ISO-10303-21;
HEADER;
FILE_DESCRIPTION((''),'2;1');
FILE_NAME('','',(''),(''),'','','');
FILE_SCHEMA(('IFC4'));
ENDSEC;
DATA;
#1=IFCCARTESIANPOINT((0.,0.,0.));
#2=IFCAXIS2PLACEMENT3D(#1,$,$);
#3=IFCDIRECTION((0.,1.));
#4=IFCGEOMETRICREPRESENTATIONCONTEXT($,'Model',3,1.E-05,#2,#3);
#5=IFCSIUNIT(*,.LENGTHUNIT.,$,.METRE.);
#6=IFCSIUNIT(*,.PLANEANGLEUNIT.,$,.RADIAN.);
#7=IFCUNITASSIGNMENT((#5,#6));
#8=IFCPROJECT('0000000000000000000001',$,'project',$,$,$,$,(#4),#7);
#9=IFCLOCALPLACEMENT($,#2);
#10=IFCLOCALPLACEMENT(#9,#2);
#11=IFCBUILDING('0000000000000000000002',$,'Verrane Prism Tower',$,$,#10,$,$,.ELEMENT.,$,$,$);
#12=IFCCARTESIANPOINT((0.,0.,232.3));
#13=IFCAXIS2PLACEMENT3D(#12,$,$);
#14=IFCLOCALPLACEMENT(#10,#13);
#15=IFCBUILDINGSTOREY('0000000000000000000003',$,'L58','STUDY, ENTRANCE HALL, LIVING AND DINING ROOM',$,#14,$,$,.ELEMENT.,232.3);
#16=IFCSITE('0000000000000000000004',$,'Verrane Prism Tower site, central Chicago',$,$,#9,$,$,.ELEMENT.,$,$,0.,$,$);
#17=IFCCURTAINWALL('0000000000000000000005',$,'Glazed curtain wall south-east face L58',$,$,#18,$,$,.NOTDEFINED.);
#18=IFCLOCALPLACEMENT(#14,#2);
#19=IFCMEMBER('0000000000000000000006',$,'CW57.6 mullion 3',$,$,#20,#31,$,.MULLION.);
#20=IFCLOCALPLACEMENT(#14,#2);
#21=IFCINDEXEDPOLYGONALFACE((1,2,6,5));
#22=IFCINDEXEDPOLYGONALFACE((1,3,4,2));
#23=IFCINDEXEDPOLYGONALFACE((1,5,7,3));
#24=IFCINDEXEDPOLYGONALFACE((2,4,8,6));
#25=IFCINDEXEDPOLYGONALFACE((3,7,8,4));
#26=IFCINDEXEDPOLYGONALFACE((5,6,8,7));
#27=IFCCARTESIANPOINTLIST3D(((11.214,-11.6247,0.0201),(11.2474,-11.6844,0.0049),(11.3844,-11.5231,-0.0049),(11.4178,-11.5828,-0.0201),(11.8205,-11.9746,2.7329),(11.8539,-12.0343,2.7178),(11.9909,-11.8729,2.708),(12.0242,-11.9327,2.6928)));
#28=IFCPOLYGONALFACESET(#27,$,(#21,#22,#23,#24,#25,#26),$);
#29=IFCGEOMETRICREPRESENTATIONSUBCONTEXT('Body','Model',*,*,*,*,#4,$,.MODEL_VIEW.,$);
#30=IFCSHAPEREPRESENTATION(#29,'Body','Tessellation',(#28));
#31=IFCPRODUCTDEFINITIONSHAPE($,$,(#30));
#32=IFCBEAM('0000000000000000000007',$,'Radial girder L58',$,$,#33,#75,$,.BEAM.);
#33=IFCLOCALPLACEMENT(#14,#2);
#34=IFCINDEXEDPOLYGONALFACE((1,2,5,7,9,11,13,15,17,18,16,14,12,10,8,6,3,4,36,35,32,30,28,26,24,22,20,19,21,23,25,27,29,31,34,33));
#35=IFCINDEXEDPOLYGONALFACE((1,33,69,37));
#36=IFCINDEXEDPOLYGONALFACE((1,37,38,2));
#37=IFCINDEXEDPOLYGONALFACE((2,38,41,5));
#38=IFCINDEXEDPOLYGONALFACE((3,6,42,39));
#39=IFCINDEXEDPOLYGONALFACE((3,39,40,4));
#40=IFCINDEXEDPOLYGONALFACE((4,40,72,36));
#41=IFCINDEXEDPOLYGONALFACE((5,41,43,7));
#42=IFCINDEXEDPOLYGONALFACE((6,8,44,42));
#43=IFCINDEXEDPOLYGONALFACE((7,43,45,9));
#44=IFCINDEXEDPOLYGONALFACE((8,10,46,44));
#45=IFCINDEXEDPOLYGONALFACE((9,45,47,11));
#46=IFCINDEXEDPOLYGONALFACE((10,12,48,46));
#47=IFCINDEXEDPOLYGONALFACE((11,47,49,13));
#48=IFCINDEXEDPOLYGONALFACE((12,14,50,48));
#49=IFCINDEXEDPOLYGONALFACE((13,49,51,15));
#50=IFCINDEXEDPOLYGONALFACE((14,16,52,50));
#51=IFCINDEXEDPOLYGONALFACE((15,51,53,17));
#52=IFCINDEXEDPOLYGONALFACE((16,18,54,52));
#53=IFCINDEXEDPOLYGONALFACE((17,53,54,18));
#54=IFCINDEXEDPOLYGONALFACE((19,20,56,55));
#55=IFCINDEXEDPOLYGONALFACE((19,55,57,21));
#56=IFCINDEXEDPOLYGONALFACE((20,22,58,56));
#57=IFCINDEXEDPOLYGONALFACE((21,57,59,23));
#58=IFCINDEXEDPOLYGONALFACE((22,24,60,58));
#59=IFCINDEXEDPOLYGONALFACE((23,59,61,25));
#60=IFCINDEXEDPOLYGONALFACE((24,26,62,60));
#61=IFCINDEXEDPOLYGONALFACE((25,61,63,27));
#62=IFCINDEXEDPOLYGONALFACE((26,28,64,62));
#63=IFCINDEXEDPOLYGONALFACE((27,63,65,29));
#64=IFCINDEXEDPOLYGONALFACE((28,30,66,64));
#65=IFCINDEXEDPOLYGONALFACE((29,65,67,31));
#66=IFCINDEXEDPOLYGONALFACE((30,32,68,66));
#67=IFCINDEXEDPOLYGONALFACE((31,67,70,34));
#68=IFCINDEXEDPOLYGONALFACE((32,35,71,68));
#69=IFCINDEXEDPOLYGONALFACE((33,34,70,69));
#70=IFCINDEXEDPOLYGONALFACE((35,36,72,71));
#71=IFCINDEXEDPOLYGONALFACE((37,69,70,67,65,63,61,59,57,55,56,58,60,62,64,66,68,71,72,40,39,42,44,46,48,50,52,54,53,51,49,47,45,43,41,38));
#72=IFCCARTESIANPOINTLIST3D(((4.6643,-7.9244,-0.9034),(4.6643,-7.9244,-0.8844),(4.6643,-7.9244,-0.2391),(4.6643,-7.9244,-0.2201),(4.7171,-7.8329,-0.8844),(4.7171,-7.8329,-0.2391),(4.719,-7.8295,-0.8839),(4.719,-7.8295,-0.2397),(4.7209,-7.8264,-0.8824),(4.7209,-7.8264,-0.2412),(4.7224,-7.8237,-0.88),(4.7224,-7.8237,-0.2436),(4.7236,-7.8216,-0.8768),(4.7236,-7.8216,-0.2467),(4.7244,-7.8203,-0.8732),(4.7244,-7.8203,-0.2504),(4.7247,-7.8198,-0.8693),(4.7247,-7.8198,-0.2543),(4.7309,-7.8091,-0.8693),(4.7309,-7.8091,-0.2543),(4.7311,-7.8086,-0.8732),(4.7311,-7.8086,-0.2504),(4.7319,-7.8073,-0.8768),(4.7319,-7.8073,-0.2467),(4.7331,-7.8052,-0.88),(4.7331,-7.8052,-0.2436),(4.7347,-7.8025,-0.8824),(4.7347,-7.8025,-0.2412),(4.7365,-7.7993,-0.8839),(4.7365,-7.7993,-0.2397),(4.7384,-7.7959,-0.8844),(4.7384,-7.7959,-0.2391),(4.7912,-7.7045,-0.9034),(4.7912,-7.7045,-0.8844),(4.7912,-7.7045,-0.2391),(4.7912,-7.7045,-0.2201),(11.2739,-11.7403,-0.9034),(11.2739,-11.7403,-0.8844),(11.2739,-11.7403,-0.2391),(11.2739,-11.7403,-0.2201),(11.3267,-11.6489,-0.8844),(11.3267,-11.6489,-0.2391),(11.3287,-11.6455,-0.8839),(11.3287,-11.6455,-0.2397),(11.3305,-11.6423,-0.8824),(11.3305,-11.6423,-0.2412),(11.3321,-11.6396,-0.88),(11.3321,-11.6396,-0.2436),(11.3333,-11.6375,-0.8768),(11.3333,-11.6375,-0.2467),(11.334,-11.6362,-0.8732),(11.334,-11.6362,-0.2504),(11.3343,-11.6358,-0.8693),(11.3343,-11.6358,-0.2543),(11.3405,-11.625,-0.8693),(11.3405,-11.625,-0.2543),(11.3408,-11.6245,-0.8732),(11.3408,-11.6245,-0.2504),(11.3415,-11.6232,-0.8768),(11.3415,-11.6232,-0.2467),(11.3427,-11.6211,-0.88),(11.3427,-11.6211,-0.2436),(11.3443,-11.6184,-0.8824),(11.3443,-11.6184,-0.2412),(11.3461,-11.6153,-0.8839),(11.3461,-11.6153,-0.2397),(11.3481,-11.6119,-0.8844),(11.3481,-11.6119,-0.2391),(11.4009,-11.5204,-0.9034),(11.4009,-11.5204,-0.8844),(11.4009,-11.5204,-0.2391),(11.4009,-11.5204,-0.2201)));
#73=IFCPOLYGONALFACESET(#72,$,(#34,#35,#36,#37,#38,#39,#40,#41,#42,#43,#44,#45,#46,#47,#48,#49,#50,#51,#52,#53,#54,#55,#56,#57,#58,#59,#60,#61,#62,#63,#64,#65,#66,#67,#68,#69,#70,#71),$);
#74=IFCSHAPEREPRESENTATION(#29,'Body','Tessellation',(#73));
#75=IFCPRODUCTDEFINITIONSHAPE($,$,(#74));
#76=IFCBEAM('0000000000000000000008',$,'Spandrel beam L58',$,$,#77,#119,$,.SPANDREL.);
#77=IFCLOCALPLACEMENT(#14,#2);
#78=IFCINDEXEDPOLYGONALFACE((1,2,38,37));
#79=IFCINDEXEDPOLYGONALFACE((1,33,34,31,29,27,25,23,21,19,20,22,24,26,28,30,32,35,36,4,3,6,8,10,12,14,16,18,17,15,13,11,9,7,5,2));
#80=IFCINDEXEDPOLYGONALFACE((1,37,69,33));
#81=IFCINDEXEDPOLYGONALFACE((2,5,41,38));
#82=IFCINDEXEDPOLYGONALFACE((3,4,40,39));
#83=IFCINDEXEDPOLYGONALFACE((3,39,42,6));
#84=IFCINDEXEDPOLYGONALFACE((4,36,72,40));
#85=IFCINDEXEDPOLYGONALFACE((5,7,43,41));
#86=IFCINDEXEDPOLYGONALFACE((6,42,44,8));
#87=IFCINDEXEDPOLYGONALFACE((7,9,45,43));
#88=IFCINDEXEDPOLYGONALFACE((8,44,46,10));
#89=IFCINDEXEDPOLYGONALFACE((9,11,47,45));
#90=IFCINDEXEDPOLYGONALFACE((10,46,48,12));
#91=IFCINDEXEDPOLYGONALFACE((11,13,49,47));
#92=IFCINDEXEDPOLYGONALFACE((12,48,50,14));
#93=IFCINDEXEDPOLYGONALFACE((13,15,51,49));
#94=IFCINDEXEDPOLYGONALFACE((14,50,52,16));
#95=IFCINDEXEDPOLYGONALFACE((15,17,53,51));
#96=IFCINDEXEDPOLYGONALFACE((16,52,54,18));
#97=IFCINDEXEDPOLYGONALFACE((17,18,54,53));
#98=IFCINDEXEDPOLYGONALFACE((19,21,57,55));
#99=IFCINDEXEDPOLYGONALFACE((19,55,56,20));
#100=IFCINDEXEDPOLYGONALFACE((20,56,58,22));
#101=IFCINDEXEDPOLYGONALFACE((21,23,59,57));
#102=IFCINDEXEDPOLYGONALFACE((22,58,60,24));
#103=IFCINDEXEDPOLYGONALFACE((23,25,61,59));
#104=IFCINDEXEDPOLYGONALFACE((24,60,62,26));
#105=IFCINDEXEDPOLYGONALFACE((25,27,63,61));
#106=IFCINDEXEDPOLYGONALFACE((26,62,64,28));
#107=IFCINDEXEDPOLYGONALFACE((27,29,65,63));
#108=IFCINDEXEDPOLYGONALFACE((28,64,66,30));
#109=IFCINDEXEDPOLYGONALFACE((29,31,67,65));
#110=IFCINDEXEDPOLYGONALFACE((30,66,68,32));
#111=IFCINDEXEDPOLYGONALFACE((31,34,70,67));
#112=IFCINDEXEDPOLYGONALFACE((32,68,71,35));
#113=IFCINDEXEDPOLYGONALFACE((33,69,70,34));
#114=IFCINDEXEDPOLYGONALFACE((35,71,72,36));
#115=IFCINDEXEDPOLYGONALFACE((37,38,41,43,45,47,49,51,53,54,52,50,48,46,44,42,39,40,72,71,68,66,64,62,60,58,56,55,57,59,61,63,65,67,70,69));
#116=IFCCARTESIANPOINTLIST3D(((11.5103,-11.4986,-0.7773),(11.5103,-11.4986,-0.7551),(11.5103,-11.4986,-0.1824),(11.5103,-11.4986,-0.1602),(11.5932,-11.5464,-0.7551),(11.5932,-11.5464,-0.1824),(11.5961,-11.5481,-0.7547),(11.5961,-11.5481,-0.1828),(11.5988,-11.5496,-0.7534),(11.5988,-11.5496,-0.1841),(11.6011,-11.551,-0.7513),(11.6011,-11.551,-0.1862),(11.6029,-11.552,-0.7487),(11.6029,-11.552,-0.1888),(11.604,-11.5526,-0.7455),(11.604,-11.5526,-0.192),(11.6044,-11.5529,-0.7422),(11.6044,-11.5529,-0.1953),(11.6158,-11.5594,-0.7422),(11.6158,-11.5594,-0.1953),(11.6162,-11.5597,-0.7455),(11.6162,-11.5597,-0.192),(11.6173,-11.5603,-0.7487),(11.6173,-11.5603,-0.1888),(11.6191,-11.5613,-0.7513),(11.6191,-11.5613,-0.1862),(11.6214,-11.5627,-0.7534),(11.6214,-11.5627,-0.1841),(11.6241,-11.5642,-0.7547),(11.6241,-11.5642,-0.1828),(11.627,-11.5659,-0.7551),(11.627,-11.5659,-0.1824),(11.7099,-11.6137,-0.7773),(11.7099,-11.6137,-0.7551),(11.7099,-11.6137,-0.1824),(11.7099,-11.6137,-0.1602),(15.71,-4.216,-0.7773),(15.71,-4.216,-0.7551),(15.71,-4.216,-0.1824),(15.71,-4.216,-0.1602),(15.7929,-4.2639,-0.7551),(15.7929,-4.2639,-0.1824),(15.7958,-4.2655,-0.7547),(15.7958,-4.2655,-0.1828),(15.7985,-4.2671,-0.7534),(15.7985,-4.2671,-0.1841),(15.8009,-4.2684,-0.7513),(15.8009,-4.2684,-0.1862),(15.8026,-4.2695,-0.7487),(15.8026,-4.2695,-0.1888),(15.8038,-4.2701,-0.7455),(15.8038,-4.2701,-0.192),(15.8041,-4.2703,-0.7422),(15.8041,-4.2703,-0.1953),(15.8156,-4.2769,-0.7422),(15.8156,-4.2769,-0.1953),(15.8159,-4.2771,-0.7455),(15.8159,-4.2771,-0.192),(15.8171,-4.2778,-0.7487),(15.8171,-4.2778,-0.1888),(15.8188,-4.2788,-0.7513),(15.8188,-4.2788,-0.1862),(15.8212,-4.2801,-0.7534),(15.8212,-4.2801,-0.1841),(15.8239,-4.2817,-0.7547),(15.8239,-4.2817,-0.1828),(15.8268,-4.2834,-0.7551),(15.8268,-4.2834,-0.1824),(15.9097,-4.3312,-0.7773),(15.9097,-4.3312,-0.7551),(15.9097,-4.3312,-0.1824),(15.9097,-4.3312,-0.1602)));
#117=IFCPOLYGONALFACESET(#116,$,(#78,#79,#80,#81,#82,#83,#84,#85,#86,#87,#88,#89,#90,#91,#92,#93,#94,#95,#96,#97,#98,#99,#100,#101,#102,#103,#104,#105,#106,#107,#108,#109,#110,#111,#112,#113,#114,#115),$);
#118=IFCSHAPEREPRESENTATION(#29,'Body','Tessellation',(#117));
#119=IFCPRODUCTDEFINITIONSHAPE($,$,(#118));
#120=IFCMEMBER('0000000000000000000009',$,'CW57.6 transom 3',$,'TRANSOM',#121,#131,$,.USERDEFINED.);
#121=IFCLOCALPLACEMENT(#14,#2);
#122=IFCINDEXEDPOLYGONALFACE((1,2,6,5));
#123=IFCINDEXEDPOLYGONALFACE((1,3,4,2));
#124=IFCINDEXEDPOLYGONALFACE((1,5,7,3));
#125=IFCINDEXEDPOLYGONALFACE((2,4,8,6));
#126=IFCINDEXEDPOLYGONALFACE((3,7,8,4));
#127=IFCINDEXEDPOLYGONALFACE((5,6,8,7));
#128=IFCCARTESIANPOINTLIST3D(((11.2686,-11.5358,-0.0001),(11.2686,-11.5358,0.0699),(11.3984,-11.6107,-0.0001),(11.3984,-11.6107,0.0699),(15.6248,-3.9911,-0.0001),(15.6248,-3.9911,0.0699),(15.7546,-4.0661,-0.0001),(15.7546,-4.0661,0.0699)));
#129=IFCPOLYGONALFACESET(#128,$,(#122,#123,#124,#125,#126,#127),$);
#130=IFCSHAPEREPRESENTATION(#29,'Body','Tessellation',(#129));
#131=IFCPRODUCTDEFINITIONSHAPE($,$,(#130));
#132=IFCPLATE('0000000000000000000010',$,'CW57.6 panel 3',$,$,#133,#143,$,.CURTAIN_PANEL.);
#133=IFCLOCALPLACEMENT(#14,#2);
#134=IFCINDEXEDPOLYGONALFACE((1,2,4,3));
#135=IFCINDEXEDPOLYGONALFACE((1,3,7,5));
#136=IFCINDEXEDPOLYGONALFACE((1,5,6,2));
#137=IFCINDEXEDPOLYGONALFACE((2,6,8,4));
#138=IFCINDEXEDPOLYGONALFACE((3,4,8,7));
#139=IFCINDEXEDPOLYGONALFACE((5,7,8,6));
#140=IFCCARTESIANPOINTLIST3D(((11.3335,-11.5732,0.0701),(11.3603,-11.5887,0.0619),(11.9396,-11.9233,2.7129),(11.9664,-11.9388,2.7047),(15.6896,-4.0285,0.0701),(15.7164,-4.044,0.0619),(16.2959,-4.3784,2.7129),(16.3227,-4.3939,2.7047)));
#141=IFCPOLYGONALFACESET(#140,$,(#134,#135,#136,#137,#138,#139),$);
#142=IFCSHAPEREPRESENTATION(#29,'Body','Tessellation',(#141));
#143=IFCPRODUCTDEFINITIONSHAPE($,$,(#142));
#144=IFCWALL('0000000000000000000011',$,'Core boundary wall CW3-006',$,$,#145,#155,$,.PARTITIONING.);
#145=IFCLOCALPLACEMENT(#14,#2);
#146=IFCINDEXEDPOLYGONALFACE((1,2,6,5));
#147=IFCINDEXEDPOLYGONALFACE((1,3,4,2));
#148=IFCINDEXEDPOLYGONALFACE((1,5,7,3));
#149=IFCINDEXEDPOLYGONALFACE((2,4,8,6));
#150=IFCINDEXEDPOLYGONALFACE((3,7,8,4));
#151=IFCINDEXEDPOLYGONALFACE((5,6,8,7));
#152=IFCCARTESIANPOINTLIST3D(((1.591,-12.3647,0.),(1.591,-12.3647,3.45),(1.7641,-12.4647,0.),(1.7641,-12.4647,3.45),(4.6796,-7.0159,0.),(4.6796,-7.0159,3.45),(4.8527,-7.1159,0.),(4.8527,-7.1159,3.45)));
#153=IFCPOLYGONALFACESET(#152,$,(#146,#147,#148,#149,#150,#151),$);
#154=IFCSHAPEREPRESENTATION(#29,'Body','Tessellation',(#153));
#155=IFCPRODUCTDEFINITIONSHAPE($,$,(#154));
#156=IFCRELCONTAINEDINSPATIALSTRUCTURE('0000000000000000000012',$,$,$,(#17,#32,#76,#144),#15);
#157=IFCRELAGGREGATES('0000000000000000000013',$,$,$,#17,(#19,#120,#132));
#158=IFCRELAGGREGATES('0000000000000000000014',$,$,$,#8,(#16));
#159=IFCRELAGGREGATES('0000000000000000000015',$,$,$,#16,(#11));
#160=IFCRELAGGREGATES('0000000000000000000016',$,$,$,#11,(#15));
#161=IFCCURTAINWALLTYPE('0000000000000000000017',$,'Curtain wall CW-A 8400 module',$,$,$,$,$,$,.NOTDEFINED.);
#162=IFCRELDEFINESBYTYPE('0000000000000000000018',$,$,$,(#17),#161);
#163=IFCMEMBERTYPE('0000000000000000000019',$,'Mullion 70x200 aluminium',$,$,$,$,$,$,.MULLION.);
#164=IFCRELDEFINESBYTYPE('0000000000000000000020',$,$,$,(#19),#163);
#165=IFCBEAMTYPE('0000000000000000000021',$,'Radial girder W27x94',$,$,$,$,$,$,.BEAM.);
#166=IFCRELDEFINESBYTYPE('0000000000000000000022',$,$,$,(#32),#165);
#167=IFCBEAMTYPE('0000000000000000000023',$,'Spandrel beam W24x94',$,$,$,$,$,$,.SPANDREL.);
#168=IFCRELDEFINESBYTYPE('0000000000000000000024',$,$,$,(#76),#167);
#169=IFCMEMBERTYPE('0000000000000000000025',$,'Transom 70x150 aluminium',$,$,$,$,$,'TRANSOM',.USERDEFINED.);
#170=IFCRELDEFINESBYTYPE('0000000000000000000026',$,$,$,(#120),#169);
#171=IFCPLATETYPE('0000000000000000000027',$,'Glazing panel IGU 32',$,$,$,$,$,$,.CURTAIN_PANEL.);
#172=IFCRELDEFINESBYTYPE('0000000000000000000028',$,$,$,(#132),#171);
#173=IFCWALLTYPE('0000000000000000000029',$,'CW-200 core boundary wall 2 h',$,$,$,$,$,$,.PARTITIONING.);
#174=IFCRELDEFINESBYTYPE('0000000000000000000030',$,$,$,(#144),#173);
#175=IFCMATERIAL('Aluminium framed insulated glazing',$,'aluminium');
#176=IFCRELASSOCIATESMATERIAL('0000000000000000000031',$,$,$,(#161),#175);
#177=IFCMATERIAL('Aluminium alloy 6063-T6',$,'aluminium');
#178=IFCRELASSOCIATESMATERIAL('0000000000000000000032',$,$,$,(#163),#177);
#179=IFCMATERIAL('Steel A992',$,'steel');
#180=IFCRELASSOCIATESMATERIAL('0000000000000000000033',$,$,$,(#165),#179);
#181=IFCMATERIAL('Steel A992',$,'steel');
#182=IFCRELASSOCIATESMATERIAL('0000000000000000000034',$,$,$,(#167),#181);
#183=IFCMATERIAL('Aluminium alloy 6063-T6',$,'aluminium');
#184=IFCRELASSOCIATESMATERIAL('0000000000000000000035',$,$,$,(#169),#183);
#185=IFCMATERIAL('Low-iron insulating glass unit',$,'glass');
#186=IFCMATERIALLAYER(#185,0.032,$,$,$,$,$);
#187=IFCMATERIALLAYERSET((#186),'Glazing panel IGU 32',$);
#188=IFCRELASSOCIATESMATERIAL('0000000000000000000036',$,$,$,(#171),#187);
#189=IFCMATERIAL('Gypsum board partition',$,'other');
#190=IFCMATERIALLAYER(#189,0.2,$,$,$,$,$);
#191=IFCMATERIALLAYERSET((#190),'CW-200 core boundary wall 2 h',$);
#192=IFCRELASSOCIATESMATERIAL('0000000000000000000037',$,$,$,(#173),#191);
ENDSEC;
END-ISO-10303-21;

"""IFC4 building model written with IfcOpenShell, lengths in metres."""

from ifc_helpers import new_model, si_unit, direction, frame, frame_2d, origin, origin_2d, place, context, subcontext, project, spatial, polyline, rectangle, i_section, outline, extrude, material, layer, layer_set, material_profile, profile_set, type_object, element, aggregate, save


model = new_model("IFC4")

# Units and contexts
model_context = context("Model", 3, precision=1e-05, world=origin(), true_north=direction((0.0, 1.0)))
body_context = subcontext(model_context, "Body", "Model", "MODEL_VIEW")
ifc_project = project(units=[si_unit("LENGTHUNIT", "METRE"), si_unit("PLANEANGLEUNIT", "RADIAN")], contexts=[model_context])

# Site, building, storey
site_placement = place(None, origin())
site = spatial("IfcSite", under=ifc_project, at=site_placement, Name="Verrane Prism Tower site, central Chicago", CompositionType="ELEMENT", RefElevation=0.0)
building_placement = place(site_placement, origin())
building = spatial("IfcBuilding", under=site, at=building_placement, Name="Verrane Prism Tower", CompositionType="ELEMENT")
storey_placement = place(building_placement, frame((0.0, 0.0, 232.3)))
storey = spatial("IfcBuildingStorey", under=building, at=storey_placement, Name="L58", Description="STUDY, ENTRANCE HALL, LIVING AND DINING ROOM", CompositionType="ELEMENT", Elevation=232.3)

# Curtain wall, member
ifc_material_1 = material(Name="Aluminium framed insulated glazing", Category="aluminium")
curtain_wall_type = type_object("IfcCurtainWallType", Name="Curtain wall CW-A 8400 module", PredefinedType="NOTDEFINED", material=ifc_material_1)
curtain_wall_placement = place(storey_placement, origin())
curtain_wall = element("IfcCurtainWall", 1, at=curtain_wall_placement, inside=storey, type_object=curtain_wall_type, Name="Glazed curtain wall south-east face L58", PredefinedType="NOTDEFINED")
ifc_material_2 = material(Name="Aluminium alloy 6063-T6", Category="aluminium")
ifc_material_profile_1 = material_profile(ifc_material_2, rectangle(XDim=0.2, YDim=0.0701, at=origin_2d()), Name="Mullion 70x200 aluminium")
ifc_profile_set_1 = profile_set([ifc_material_profile_1], Name="Aluminium alloy 6063-T6")
member_type_1 = type_object("IfcMemberType", Name="Mullion 70x200 aluminium", PredefinedType="MULLION", material=ifc_profile_set_1)
member_1_placement = place(storey_placement, frame((11.3159, -11.6038, 0.0), z_axis=(0.21645, -0.124868, 0.968275), x_axis=(-0.852114, -0.508223, 0.124943)))
member_1 = element("IfcMember", 2, at=member_1_placement, type_object=member_type_1, Name="CW57.6 mullion 3", PredefinedType="MULLION", context=body_context, shape_type="SweptSolid", body=[
    extrude(rectangle(XDim=0.2, YDim=0.0701, at=origin_2d()), origin(), (0.0, 0.0, 1.0), 2.8018),
])

# Beams
ifc_material_3 = material(Name="Steel A992", Category="steel")
ifc_material_profile_2 = material_profile(ifc_material_3, i_section(OverallWidth=0.2539, OverallDepth=0.6833, WebThickness=0.0125, FlangeThickness=0.019, FilletRadius=0.0151, at=origin_2d()), Name="W27x94")
ifc_profile_set_2 = profile_set([ifc_material_profile_2], Name="Steel A992")
beam_type_1 = type_object("IfcBeamType", Name="Radial girder W27x94", PredefinedType="BEAM", material=ifc_profile_set_2)
beam_1_placement = place(storey_placement, frame((11.3374, -11.6304, -0.5618), z_axis=(-0.866034, 0.499986, 0.0), x_axis=(-0.499986, -0.866034, 0.0)))
element("IfcBeam", 3, at=beam_1_placement, inside=storey, type_object=beam_type_1, Name="Radial girder L58", PredefinedType="BEAM", context=body_context, shape_type="SweptSolid", body=[
    extrude(i_section(OverallWidth=0.2539, OverallDepth=0.6833, WebThickness=0.0125, FlangeThickness=0.019, FilletRadius=0.0151, at=origin_2d()), origin(), (0.0, 0.0, 1.0), 7.6321),
])
ifc_material_4 = material(Name="Steel A992", Category="steel")
ifc_material_profile_3 = material_profile(ifc_material_4, i_section(OverallWidth=0.2305, OverallDepth=0.6172, WebThickness=0.0132, FlangeThickness=0.0222, FilletRadius=0.0129, at=origin_2d()), Name="W24x94")
ifc_profile_set_3 = profile_set([ifc_material_profile_3], Name="Steel A992")
beam_type_2 = type_object("IfcBeamType", Name="Spandrel beam W24x94", PredefinedType="SPANDREL", material=ifc_profile_set_3)
beam_2_placement = place(storey_placement, frame((11.6101, -11.5562, -0.4688), z_axis=(0.499569, 0.866274, 0.0), x_axis=(-0.866274, 0.499569, 0.0)))
element("IfcBeam", 4, at=beam_2_placement, inside=storey, type_object=beam_type_2, Name="Spandrel beam L58", PredefinedType="SPANDREL", context=body_context, shape_type="SweptSolid", body=[
    extrude(i_section(OverallWidth=0.2305, OverallDepth=0.6172, WebThickness=0.0132, FlangeThickness=0.0222, FilletRadius=0.0129, at=origin_2d()), origin(), (0.0, 0.0, 1.0), 8.4067),
])

# Member
ifc_material_5 = material(Name="Aluminium alloy 6063-T6", Category="aluminium")
ifc_material_profile_4 = material_profile(ifc_material_5, rectangle(XDim=0.1499, YDim=0.0701, at=origin_2d()), Name="Transom 70x150 aluminium")
ifc_profile_set_4 = profile_set([ifc_material_profile_4], Name="Aluminium alloy 6063-T6")
member_type_2 = type_object("IfcMemberType", Name="Transom 70x150 aluminium", ElementType="TRANSOM", PredefinedType="USERDEFINED", material=ifc_profile_set_4)
member_2_placement = place(storey_placement, frame((11.3335, -11.5732, 0.0349), z_axis=(0.500024, 0.866012, 0.0), x_axis=(-0.866012, 0.500024, 0.0)))
member_2 = element("IfcMember", 5, at=member_2_placement, type_object=member_type_2, Name="CW57.6 transom 3", ObjectType="TRANSOM", PredefinedType="USERDEFINED", context=body_context, shape_type="SweptSolid", body=[
    extrude(rectangle(XDim=0.1499, YDim=0.0701, at=origin_2d()), origin(), (0.0, 0.0, 1.0), 8.7119),
])

# Plate
ifc_material_6 = material(Name="Low-iron insulating glass unit", Category="glass")
ifc_layer_1 = layer(ifc_material_6, 0.032)
ifc_layer_set_1 = layer_set([ifc_layer_1], Name="Glazing panel IGU 32")
plate_type = type_object("IfcPlateType", Name="Glazing panel IGU 32", PredefinedType="CURTAIN_PANEL", material=ifc_layer_set_1)
plate_placement = place(storey_placement, frame((11.3335, -11.5732, 0.0701), z_axis=(-0.83715, 0.483352, 0.25603), x_axis=(0.500018, 0.866015, 0.000002)))
plate = element("IfcPlate", 6, at=plate_placement, type_object=plate_type, Name="CW57.6 panel 3", PredefinedType="CURTAIN_PANEL", context=body_context, shape_type="SweptSolid", body=[
    extrude(outline(polyline([(0.0, 0.0), (8.712, 0.0), (8.7121, -2.7339), (-0.0001, -2.734), (0.0, 0.0)])), origin(), (0.0, 0.0, -1.0), 0.032),
])
aggregate(curtain_wall, [member_1, member_2, plate])

# Wall
ifc_material_7 = material(Name="Gypsum board partition", Category="other")
ifc_layer_2 = layer(ifc_material_7, 0.2)
ifc_layer_set_2 = layer_set([ifc_layer_2], Name="CW-200 core boundary wall 2 h")
wall_type_1 = type_object("IfcWallType", Name="CW-200 core boundary wall 2 h", PredefinedType="PARTITIONING", material=ifc_layer_set_2)
wall_1_placement = place(storey_placement, frame((1.6775, -12.4148, 0.0), z_axis=(0.0, 0.0, 1.0), x_axis=(0.500054, 0.865994, 0.0)))
element("IfcWall", 7, at=wall_1_placement, inside=storey, type_object=wall_type_1, Name="Core boundary wall CW3-006", PredefinedType="PARTITIONING", context=body_context, shape_type="SweptSolid", body=[
    extrude(rectangle(XDim=6.1765, YDim=0.2, at=frame_2d((3.0884, 0.0))), origin(), (0.0, 0.0, 1.0), 3.45),
])

save(model, "model.ifc")
